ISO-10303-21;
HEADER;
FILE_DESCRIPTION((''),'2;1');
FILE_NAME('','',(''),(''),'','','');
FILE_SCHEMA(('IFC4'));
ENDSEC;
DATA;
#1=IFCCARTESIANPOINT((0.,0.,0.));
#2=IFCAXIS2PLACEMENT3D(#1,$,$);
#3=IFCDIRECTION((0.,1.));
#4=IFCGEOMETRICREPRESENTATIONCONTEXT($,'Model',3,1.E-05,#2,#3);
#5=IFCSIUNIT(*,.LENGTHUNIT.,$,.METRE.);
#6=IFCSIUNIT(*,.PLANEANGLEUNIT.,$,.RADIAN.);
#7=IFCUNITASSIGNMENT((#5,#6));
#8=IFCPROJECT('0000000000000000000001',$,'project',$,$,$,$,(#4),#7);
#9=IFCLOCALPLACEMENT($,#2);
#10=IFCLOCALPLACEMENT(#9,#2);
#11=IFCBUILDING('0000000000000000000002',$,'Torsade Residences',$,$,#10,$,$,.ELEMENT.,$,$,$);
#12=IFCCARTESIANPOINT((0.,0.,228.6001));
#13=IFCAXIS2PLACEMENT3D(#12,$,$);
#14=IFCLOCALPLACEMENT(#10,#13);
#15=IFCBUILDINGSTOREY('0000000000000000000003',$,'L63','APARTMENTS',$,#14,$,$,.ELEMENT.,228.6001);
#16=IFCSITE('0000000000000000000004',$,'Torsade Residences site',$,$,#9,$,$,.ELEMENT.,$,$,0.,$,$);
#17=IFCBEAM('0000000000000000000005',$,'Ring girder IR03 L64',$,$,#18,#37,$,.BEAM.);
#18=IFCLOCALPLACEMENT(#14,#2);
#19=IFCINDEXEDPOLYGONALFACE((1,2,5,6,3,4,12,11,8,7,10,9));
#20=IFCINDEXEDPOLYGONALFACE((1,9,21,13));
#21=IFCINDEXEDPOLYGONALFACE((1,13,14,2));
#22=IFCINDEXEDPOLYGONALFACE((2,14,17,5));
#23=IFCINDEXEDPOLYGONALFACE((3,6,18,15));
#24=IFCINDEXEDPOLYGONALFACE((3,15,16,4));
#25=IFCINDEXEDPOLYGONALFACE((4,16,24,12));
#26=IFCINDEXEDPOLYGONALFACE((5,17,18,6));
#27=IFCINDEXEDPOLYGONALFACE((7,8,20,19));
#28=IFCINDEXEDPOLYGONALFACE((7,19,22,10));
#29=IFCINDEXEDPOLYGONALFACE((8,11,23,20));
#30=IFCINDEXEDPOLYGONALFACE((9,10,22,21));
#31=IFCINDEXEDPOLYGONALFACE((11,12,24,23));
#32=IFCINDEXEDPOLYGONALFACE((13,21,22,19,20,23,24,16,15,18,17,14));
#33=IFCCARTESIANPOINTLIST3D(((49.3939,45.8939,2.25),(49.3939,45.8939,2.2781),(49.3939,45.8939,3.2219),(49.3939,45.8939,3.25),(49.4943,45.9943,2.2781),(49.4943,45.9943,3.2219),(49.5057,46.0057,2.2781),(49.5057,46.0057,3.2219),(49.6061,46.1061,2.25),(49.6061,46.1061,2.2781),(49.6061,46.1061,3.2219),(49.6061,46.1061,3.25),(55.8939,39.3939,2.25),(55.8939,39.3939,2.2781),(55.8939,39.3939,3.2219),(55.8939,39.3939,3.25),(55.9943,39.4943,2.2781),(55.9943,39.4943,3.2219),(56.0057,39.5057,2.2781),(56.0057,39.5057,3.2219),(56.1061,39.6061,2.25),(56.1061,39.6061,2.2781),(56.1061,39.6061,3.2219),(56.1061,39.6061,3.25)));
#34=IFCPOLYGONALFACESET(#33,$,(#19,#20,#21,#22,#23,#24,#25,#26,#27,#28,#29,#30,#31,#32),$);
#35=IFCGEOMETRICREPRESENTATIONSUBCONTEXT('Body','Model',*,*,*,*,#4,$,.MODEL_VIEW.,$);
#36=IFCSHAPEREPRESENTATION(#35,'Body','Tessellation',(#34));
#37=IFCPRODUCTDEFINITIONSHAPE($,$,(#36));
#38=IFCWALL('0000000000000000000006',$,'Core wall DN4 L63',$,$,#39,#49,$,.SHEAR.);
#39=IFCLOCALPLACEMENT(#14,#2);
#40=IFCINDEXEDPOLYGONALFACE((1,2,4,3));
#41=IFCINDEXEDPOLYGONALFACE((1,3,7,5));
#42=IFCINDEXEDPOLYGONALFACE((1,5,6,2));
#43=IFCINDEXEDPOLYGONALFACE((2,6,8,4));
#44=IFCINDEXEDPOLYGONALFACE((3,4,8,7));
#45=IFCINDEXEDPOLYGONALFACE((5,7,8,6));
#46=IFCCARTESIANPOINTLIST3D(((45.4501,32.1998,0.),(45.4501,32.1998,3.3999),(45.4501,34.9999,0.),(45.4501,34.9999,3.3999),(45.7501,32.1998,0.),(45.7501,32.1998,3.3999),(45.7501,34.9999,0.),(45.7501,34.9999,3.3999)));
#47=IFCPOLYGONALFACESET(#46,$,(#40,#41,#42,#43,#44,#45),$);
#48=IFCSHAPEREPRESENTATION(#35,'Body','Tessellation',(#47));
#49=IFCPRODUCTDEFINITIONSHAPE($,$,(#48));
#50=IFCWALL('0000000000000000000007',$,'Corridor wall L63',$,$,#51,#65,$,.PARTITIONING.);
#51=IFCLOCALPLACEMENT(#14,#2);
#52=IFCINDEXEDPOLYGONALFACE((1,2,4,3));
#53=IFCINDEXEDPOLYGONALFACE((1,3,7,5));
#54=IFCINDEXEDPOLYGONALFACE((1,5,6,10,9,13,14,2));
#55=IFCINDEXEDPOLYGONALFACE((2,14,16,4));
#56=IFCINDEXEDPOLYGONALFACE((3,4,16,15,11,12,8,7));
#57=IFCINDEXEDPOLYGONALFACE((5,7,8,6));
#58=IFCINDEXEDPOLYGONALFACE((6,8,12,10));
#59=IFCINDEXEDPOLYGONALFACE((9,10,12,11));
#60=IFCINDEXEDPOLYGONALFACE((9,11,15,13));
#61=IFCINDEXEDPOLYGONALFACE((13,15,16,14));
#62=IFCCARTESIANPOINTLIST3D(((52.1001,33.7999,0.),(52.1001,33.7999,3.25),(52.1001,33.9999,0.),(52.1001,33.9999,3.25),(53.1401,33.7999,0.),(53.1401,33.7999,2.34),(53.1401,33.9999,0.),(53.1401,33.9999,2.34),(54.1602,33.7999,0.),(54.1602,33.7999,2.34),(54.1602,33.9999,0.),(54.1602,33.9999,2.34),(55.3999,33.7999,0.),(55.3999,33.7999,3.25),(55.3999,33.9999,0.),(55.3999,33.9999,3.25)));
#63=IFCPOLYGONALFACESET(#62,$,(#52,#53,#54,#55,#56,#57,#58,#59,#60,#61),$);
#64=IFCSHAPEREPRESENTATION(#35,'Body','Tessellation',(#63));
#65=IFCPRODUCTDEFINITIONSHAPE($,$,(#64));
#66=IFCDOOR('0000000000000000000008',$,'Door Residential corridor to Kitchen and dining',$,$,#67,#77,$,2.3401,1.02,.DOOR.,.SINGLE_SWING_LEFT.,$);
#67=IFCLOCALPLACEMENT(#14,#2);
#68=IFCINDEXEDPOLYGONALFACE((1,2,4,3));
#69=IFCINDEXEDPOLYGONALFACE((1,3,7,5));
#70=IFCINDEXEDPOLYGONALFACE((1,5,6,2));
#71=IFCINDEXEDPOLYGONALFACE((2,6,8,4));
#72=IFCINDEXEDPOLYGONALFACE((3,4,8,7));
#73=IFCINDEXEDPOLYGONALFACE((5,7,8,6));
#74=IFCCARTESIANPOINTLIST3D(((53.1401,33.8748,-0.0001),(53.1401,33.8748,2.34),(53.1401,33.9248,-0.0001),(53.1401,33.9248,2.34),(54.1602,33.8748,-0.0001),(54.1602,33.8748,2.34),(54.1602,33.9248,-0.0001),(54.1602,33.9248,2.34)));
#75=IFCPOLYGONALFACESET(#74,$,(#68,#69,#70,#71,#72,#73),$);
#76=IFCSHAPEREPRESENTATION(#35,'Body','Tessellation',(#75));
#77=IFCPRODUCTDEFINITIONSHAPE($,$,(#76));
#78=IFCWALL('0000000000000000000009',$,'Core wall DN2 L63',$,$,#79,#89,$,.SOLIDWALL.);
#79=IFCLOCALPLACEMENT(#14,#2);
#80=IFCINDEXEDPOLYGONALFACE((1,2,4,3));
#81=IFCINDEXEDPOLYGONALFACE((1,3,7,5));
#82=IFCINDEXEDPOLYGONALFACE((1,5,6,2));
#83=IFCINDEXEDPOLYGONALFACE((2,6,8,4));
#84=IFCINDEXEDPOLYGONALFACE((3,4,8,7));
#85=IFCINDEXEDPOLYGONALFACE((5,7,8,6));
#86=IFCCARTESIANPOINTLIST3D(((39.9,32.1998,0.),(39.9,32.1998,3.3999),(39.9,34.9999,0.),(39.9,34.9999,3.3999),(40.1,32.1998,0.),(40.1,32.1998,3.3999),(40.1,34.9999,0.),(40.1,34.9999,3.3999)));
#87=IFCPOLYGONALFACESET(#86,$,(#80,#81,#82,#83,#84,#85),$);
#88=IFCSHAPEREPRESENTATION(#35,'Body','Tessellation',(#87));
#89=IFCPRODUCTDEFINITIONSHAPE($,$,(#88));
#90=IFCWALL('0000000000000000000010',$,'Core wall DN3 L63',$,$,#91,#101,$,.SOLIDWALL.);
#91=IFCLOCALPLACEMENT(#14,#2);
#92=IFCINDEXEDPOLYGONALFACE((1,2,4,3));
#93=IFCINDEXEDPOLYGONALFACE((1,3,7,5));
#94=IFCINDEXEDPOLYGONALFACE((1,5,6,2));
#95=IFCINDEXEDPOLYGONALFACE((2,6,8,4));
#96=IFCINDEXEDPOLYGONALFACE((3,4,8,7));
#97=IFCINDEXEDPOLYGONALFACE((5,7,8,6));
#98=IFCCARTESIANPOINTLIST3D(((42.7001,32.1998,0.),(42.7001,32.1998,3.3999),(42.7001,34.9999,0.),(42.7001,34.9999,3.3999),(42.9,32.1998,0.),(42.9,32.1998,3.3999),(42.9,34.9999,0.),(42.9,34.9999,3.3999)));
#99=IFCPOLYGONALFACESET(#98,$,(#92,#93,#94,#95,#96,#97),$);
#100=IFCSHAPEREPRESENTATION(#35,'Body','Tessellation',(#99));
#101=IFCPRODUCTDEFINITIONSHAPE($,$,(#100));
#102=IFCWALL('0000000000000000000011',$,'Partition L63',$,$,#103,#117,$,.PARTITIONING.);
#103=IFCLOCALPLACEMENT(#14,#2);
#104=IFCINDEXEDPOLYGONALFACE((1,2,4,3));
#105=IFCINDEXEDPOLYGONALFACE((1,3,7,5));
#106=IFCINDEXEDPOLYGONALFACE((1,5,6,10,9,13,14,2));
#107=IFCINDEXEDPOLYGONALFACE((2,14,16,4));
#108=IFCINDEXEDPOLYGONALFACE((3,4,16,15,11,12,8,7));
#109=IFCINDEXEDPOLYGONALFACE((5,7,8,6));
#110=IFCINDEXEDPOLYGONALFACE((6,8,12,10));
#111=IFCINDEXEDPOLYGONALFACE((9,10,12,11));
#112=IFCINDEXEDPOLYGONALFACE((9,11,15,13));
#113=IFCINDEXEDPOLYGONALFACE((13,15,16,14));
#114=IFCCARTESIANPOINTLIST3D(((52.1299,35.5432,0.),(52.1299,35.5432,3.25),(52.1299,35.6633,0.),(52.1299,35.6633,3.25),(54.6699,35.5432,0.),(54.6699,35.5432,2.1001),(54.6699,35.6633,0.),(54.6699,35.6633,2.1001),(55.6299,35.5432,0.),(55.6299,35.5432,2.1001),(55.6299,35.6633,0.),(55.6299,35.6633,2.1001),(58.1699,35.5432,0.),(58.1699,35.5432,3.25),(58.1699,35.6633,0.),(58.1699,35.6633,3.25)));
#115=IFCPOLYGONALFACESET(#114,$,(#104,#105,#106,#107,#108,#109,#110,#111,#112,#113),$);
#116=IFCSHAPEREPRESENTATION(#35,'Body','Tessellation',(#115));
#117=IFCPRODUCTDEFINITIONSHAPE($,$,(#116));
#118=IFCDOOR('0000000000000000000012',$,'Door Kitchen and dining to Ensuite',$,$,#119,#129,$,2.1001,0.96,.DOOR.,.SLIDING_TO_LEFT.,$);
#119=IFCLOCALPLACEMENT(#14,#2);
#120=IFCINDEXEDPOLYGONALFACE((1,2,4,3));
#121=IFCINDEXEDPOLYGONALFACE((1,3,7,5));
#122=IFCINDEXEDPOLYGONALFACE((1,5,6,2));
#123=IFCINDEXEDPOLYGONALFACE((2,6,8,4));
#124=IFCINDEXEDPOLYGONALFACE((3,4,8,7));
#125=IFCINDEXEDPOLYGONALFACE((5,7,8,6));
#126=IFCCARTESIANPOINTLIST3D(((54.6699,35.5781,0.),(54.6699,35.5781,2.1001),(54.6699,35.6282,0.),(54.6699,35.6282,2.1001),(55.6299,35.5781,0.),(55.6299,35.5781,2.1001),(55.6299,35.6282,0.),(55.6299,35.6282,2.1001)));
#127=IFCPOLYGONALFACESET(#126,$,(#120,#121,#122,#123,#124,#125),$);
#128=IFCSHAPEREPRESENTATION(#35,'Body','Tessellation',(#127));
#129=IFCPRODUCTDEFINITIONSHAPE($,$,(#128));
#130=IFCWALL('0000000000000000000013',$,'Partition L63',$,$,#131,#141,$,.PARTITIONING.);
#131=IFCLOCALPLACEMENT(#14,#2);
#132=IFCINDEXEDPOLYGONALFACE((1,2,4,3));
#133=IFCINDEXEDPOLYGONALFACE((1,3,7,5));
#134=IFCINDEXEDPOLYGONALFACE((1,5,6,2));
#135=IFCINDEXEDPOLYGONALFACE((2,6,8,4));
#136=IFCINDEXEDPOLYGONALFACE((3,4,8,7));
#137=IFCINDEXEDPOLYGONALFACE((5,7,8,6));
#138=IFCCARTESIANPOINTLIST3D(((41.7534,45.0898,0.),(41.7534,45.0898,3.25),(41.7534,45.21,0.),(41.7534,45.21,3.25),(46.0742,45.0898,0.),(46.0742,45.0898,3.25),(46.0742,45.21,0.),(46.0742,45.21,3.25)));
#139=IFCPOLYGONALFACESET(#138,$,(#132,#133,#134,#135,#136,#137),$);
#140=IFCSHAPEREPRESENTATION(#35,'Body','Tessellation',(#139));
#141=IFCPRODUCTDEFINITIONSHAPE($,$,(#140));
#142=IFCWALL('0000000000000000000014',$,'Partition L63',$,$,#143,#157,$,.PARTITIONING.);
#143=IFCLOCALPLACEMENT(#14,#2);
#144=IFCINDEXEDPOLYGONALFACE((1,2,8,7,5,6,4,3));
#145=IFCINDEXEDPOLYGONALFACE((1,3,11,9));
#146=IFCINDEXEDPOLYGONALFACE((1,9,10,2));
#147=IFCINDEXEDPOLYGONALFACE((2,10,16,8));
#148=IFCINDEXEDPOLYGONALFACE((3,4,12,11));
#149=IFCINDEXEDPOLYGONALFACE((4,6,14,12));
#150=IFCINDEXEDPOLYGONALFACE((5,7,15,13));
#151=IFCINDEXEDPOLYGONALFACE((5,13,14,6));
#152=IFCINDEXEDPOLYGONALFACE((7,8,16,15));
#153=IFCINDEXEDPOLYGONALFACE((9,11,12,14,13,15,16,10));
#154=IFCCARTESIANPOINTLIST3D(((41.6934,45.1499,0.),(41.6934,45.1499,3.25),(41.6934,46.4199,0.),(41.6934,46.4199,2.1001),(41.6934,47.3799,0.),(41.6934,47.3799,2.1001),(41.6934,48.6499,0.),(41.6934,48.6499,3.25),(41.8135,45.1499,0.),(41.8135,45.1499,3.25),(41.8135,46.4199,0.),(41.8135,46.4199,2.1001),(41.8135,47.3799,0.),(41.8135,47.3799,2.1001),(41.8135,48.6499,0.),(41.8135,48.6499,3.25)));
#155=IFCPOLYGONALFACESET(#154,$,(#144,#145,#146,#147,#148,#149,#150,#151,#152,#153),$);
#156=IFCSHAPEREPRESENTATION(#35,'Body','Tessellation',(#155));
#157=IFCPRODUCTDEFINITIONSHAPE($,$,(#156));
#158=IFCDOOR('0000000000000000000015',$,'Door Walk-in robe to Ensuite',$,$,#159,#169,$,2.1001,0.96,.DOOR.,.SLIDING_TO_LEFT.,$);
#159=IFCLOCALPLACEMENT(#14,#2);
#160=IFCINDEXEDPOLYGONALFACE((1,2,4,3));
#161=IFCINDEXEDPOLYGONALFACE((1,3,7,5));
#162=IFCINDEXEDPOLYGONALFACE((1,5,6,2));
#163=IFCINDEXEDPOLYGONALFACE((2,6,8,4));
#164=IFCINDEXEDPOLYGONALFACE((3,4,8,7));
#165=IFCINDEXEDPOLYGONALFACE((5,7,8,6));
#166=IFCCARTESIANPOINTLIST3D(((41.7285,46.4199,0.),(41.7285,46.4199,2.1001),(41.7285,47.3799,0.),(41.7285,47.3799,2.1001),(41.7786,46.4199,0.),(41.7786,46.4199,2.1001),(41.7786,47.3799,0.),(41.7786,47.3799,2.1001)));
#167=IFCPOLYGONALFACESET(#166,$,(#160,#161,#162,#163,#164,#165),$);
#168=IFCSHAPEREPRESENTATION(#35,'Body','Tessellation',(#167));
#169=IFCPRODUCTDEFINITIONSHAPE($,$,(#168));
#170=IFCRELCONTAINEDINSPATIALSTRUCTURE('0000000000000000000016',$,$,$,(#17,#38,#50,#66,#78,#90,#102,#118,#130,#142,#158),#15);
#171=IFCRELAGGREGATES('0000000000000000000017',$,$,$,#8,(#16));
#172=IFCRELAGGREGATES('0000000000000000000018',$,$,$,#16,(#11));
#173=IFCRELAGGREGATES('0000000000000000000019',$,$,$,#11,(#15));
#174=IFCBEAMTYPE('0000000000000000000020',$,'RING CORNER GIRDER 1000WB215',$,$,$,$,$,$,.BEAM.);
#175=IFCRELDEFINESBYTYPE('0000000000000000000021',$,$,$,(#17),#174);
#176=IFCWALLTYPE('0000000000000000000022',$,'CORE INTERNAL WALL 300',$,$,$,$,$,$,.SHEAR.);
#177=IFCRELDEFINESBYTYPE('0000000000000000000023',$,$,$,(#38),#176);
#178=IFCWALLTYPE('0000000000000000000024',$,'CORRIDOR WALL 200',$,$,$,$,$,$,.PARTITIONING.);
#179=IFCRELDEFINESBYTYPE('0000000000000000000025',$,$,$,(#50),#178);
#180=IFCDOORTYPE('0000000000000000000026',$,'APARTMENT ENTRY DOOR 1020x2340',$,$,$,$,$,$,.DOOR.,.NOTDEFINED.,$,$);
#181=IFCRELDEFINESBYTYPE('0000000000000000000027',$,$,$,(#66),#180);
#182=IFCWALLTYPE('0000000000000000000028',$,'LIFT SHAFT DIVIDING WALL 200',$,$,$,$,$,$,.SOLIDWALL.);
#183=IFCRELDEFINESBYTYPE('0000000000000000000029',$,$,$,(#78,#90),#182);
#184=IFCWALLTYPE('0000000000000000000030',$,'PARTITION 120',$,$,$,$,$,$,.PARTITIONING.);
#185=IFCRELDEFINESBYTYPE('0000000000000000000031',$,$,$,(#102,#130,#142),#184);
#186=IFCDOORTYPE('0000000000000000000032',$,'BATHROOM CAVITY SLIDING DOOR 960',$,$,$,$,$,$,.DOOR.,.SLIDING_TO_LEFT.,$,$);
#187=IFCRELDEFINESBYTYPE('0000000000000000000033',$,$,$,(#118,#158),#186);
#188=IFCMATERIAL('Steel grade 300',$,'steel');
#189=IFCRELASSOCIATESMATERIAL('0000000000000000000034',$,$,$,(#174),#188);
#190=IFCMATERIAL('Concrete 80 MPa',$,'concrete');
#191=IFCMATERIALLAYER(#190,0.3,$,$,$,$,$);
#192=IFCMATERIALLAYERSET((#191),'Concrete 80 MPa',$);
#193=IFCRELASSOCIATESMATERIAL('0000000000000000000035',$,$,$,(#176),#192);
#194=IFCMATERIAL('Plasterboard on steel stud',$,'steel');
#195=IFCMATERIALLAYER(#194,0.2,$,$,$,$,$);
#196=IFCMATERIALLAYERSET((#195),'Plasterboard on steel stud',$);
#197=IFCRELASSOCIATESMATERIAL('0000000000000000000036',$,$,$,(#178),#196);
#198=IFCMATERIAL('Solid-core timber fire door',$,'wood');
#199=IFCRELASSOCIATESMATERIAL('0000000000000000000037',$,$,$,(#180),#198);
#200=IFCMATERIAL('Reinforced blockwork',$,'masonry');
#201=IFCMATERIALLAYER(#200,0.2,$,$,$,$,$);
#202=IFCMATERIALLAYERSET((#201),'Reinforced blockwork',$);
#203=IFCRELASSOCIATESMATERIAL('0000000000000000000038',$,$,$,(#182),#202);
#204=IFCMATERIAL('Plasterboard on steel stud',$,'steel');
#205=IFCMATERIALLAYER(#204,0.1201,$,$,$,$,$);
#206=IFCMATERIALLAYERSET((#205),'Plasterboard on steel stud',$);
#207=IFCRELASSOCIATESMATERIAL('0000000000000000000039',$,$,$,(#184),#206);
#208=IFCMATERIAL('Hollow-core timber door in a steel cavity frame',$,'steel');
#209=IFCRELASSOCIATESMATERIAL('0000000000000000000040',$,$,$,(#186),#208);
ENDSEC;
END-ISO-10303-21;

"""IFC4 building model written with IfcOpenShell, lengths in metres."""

from ifc_helpers import new_model, si_unit, direction, frame, frame_2d, origin, origin_2d, place, context, subcontext, project, spatial, rectangle, i_section, extrude, material, layer, layer_set, material_profile, profile_set, type_object, element, fill, save


model = new_model("IFC4")

# Units and contexts
model_context = context("Model", 3, precision=1e-05, world=origin(), true_north=direction((0.0, 1.0)))
body_context = subcontext(model_context, "Body", "Model", "MODEL_VIEW")
ifc_project = project(units=[si_unit("LENGTHUNIT", "METRE"), si_unit("PLANEANGLEUNIT", "RADIAN")], contexts=[model_context])

# Site, building, storey
site_placement = place(None, origin())
site = spatial("IfcSite", under=ifc_project, at=site_placement, Name="Torsade Residences site", CompositionType="ELEMENT", RefElevation=0.0)
building_placement = place(site_placement, origin())
building = spatial("IfcBuilding", under=site, at=building_placement, Name="Torsade Residences", CompositionType="ELEMENT")
storey_placement = place(building_placement, frame((0.0, 0.0, 228.6001)))
storey = spatial("IfcBuildingStorey", under=building, at=storey_placement, Name="L63", Description="APARTMENTS", CompositionType="ELEMENT", Elevation=228.6001)

# Beam
ifc_material_1 = material(Name="Steel grade 300", Category="steel")
ifc_material_profile_1 = material_profile(ifc_material_1, i_section(OverallWidth=0.3, OverallDepth=1.0, WebThickness=0.0161, FlangeThickness=0.0281, at=origin_2d()), Name="1000WB215")
ifc_profile_set_1 = profile_set([ifc_material_profile_1], Name="Steel grade 300")
beam_type_1 = type_object("IfcBeamType", Name="RING CORNER GIRDER 1000WB215", PredefinedType="BEAM", material=ifc_profile_set_1)
beam_1_placement = place(storey_placement, frame((56.0, 39.5, 2.75), z_axis=(-0.707107, 0.707107, 0.0), x_axis=(-0.707107, -0.707107, 0.0)))
element("IfcBeam", 1, at=beam_1_placement, inside=storey, type_object=beam_type_1, Name="Ring girder IR03 L64", PredefinedType="BEAM", context=body_context, shape_type="SweptSolid", body=[
    extrude(i_section(OverallWidth=0.3, OverallDepth=1.0, WebThickness=0.0161, FlangeThickness=0.0281, at=origin_2d()), origin(), (0.0, 0.0, 1.0), 9.1924),
])

# Wall
ifc_material_2 = material(Name="Concrete 80 MPa", Category="concrete")
ifc_layer_1 = layer(ifc_material_2, 0.3)
ifc_layer_set_1 = layer_set([ifc_layer_1], Name="Concrete 80 MPa")
wall_type_1 = type_object("IfcWallType", Name="CORE INTERNAL WALL 300", PredefinedType="SHEAR", material=ifc_layer_set_1)
wall_1_placement = place(storey_placement, frame((45.6001, 32.2, 0.0), z_axis=(0.0, 0.0, 1.0), x_axis=(0.0, 1.0, 0.0)))
element("IfcWall", 2, at=wall_1_placement, inside=storey, type_object=wall_type_1, Name="Core wall DN4 L63", PredefinedType="SHEAR", context=body_context, shape_type="SweptSolid", body=[
    extrude(rectangle(XDim=2.8, YDim=0.3, at=frame_2d((1.3999, 0.0))), origin(), (0.0, 0.0, 1.0), 3.3999),
])

# Wall, opening, door
ifc_material_3 = material(Name="Plasterboard on steel stud", Category="steel")
ifc_layer_2 = layer(ifc_material_3, 0.2)
ifc_layer_set_2 = layer_set([ifc_layer_2], Name="Plasterboard on steel stud")
wall_type_2 = type_object("IfcWallType", Name="CORRIDOR WALL 200", PredefinedType="PARTITIONING", material=ifc_layer_set_2)
wall_2_placement = place(storey_placement, frame((52.1001, 33.8999, 0.0), z_axis=(0.0, 0.0, 1.0), x_axis=(1.0, 0.0, 0.0)))
wall_2 = element("IfcWall", 3, at=wall_2_placement, inside=storey, type_object=wall_type_2, Name="Corridor wall L63", PredefinedType="PARTITIONING", context=body_context, shape_type="SweptSolid", body=[
    extrude(rectangle(XDim=3.2998, YDim=0.2, at=frame_2d((1.6499, 0.0))), origin(), (0.0, 0.0, 1.0), 3.25),
])
opening_1_placement = place(wall_2_placement, frame((1.04, 0.0, 0.0)))
opening_1 = element("IfcOpeningElement", 4, at=opening_1_placement, cuts=wall_2, PredefinedType="OPENING", context=body_context, shape_type="SweptSolid", body=[
    extrude(rectangle(XDim=1.02, YDim=2.3401, at=frame_2d((0.51, 1.1699))), frame((0.0, 0.1099, 0.0), z_axis=(0.0, -1.0, 0.0), x_axis=(1.0, 0.0, 0.0)), (0.0, 0.0, 1.0), 0.22),
])
ifc_material_4 = material(Name="Solid-core timber fire door", Category="wood")
door_type_1 = type_object("IfcDoorType", Name="APARTMENT ENTRY DOOR 1020x2340", OperationType="NOTDEFINED", PredefinedType="DOOR", material=ifc_material_4)
door_1_placement = place(opening_1_placement, origin())
door_1 = element("IfcDoor", 5, at=door_1_placement, inside=storey, type_object=door_type_1, Name="Door Residential corridor to Kitchen and dining", OperationType="SINGLE_SWING_LEFT", OverallHeight=2.3401, OverallWidth=1.02, PredefinedType="DOOR", context=body_context, shape_type="SweptSolid", body=[
    extrude(rectangle(XDim=1.02, YDim=2.3401, at=frame_2d((0.51, 1.1699))), frame((0.0, 0.0249, 0.0), z_axis=(0.0, -1.0, 0.0), x_axis=(1.0, 0.0, 0.0)), (0.0, 0.0, 1.0), 0.05),
])
fill(opening_1, door_1)

# Walls
ifc_material_5 = material(Name="Reinforced blockwork", Category="masonry")
ifc_layer_3 = layer(ifc_material_5, 0.2)
ifc_layer_set_3 = layer_set([ifc_layer_3], Name="Reinforced blockwork")
wall_type_3 = type_object("IfcWallType", Name="LIFT SHAFT DIVIDING WALL 200", PredefinedType="SOLIDWALL", material=ifc_layer_set_3)
for number, where, z_axis, x_axis, name in (
    (6, (40.0, 32.2, 0.0), (0.0, 0.0, 1.0), (0.0, 1.0, 0.0), "Core wall DN2 L63"),
    (7, (42.8, 32.2, 0.0), (0.0, 0.0, 1.0), (0.0, 1.0, 0.0), "Core wall DN3 L63"),
):
    element("IfcWall", number, at=place(storey_placement, frame(where, z_axis=z_axis, x_axis=x_axis)), inside=storey, type_object=wall_type_3, Name=name, PredefinedType="SOLIDWALL", context=body_context, shape_type="SweptSolid", body=[
        extrude(rectangle(XDim=2.8, YDim=0.2, at=frame_2d((1.3999, 0.0))), origin(), (0.0, 0.0, 1.0), 3.3999),
    ])

# Wall, opening, door
ifc_material_6 = material(Name="Plasterboard on steel stud", Category="steel")
ifc_layer_4 = layer(ifc_material_6, 0.1201)
ifc_layer_set_4 = layer_set([ifc_layer_4], Name="Plasterboard on steel stud")
wall_type_4 = type_object("IfcWallType", Name="PARTITION 120", PredefinedType="PARTITIONING", material=ifc_layer_set_4)
wall_3_placement = place(storey_placement, frame((52.1299, 35.6033, 0.0), z_axis=(0.0, 0.0, 1.0), x_axis=(1.0, 0.0, 0.0)))
wall_3 = element("IfcWall", 8, at=wall_3_placement, inside=storey, type_object=wall_type_4, Name="Partition L63", PredefinedType="PARTITIONING", context=body_context, shape_type="SweptSolid", body=[
    extrude(rectangle(XDim=6.04, YDim=0.1201, at=frame_2d((3.02, 0.0))), origin(), (0.0, 0.0, 1.0), 3.25),
])
opening_2_placement = place(wall_3_placement, frame((2.54, 0.0, 0.0)))
opening_2 = element("IfcOpeningElement", 9, at=opening_2_placement, cuts=wall_3, PredefinedType="OPENING", context=body_context, shape_type="SweptSolid", body=[
    extrude(rectangle(XDim=0.96, YDim=2.1001, at=frame_2d((0.48, 1.05))), frame((0.0, 0.0701, 0.0), z_axis=(0.0, -1.0, 0.0), x_axis=(1.0, 0.0, 0.0)), (0.0, 0.0, 1.0), 0.1401),
])
ifc_material_7 = material(Name="Hollow-core timber door in a steel cavity frame", Category="steel")
door_type_2 = type_object("IfcDoorType", Name="BATHROOM CAVITY SLIDING DOOR 960", OperationType="SLIDING_TO_LEFT", PredefinedType="DOOR", material=ifc_material_7)
door_2_placement = place(opening_2_placement, origin())
door_2 = element("IfcDoor", 10, at=door_2_placement, inside=storey, type_object=door_type_2, Name="Door Kitchen and dining to Ensuite", OperationType="SLIDING_TO_LEFT", OverallHeight=2.1001, OverallWidth=0.96, PredefinedType="DOOR", context=body_context, shape_type="SweptSolid", body=[
    extrude(rectangle(XDim=0.96, YDim=2.1001, at=frame_2d((0.48, 1.05))), frame((0.0, 0.0249, 0.0), z_axis=(0.0, -1.0, 0.0), x_axis=(1.0, 0.0, 0.0)), (0.0, 0.0, 1.0), 0.05),
])
fill(opening_2, door_2)

# Wall
wall_4_placement = place(storey_placement, frame((46.0742, 45.1499, 0.0), z_axis=(0.0, 0.0, 1.0), x_axis=(-1.0, 0.0, 0.0)))
element("IfcWall", 11, at=wall_4_placement, inside=storey, type_object=wall_type_4, Name="Partition L63", PredefinedType="PARTITIONING", context=body_context, shape_type="SweptSolid", body=[
    extrude(rectangle(XDim=4.3208, YDim=0.1201, at=frame_2d((2.1604, 0.0))), origin(), (0.0, 0.0, 1.0), 3.25),
])

# Wall, opening, door
wall_5_placement = place(storey_placement, frame((41.7534, 45.1499, 0.0), z_axis=(0.0, 0.0, 1.0), x_axis=(0.0, 1.0, 0.0)))
wall_5 = element("IfcWall", 12, at=wall_5_placement, inside=storey, type_object=wall_type_4, Name="Partition L63", PredefinedType="PARTITIONING", context=body_context, shape_type="SweptSolid", body=[
    extrude(rectangle(XDim=3.5, YDim=0.1201, at=frame_2d((1.75, 0.0))), origin(), (0.0, 0.0, 1.0), 3.25),
])
opening_3_placement = place(wall_5_placement, frame((1.27, 0.0, 0.0)))
opening_3 = element("IfcOpeningElement", 13, at=opening_3_placement, cuts=wall_5, PredefinedType="OPENING", context=body_context, shape_type="SweptSolid", body=[
    extrude(rectangle(XDim=0.96, YDim=2.1001, at=frame_2d((0.48, 1.05))), frame((0.0, 0.0701, 0.0), z_axis=(0.0, -1.0, 0.0), x_axis=(1.0, 0.0, 0.0)), (0.0, 0.0, 1.0), 0.1401),
])
door_3_placement = place(opening_3_placement, origin())
door_3 = element("IfcDoor", 14, at=door_3_placement, inside=storey, type_object=door_type_2, Name="Door Walk-in robe to Ensuite", OperationType="SLIDING_TO_LEFT", OverallHeight=2.1001, OverallWidth=0.96, PredefinedType="DOOR", context=body_context, shape_type="SweptSolid", body=[
    extrude(rectangle(XDim=0.96, YDim=2.1001, at=frame_2d((0.48, 1.05))), frame((0.0, 0.0249, 0.0), z_axis=(0.0, -1.0, 0.0), x_axis=(1.0, 0.0, 0.0)), (0.0, 0.0, 1.0), 0.05),
])
fill(opening_3, door_3)

save(model, "model.ifc")
